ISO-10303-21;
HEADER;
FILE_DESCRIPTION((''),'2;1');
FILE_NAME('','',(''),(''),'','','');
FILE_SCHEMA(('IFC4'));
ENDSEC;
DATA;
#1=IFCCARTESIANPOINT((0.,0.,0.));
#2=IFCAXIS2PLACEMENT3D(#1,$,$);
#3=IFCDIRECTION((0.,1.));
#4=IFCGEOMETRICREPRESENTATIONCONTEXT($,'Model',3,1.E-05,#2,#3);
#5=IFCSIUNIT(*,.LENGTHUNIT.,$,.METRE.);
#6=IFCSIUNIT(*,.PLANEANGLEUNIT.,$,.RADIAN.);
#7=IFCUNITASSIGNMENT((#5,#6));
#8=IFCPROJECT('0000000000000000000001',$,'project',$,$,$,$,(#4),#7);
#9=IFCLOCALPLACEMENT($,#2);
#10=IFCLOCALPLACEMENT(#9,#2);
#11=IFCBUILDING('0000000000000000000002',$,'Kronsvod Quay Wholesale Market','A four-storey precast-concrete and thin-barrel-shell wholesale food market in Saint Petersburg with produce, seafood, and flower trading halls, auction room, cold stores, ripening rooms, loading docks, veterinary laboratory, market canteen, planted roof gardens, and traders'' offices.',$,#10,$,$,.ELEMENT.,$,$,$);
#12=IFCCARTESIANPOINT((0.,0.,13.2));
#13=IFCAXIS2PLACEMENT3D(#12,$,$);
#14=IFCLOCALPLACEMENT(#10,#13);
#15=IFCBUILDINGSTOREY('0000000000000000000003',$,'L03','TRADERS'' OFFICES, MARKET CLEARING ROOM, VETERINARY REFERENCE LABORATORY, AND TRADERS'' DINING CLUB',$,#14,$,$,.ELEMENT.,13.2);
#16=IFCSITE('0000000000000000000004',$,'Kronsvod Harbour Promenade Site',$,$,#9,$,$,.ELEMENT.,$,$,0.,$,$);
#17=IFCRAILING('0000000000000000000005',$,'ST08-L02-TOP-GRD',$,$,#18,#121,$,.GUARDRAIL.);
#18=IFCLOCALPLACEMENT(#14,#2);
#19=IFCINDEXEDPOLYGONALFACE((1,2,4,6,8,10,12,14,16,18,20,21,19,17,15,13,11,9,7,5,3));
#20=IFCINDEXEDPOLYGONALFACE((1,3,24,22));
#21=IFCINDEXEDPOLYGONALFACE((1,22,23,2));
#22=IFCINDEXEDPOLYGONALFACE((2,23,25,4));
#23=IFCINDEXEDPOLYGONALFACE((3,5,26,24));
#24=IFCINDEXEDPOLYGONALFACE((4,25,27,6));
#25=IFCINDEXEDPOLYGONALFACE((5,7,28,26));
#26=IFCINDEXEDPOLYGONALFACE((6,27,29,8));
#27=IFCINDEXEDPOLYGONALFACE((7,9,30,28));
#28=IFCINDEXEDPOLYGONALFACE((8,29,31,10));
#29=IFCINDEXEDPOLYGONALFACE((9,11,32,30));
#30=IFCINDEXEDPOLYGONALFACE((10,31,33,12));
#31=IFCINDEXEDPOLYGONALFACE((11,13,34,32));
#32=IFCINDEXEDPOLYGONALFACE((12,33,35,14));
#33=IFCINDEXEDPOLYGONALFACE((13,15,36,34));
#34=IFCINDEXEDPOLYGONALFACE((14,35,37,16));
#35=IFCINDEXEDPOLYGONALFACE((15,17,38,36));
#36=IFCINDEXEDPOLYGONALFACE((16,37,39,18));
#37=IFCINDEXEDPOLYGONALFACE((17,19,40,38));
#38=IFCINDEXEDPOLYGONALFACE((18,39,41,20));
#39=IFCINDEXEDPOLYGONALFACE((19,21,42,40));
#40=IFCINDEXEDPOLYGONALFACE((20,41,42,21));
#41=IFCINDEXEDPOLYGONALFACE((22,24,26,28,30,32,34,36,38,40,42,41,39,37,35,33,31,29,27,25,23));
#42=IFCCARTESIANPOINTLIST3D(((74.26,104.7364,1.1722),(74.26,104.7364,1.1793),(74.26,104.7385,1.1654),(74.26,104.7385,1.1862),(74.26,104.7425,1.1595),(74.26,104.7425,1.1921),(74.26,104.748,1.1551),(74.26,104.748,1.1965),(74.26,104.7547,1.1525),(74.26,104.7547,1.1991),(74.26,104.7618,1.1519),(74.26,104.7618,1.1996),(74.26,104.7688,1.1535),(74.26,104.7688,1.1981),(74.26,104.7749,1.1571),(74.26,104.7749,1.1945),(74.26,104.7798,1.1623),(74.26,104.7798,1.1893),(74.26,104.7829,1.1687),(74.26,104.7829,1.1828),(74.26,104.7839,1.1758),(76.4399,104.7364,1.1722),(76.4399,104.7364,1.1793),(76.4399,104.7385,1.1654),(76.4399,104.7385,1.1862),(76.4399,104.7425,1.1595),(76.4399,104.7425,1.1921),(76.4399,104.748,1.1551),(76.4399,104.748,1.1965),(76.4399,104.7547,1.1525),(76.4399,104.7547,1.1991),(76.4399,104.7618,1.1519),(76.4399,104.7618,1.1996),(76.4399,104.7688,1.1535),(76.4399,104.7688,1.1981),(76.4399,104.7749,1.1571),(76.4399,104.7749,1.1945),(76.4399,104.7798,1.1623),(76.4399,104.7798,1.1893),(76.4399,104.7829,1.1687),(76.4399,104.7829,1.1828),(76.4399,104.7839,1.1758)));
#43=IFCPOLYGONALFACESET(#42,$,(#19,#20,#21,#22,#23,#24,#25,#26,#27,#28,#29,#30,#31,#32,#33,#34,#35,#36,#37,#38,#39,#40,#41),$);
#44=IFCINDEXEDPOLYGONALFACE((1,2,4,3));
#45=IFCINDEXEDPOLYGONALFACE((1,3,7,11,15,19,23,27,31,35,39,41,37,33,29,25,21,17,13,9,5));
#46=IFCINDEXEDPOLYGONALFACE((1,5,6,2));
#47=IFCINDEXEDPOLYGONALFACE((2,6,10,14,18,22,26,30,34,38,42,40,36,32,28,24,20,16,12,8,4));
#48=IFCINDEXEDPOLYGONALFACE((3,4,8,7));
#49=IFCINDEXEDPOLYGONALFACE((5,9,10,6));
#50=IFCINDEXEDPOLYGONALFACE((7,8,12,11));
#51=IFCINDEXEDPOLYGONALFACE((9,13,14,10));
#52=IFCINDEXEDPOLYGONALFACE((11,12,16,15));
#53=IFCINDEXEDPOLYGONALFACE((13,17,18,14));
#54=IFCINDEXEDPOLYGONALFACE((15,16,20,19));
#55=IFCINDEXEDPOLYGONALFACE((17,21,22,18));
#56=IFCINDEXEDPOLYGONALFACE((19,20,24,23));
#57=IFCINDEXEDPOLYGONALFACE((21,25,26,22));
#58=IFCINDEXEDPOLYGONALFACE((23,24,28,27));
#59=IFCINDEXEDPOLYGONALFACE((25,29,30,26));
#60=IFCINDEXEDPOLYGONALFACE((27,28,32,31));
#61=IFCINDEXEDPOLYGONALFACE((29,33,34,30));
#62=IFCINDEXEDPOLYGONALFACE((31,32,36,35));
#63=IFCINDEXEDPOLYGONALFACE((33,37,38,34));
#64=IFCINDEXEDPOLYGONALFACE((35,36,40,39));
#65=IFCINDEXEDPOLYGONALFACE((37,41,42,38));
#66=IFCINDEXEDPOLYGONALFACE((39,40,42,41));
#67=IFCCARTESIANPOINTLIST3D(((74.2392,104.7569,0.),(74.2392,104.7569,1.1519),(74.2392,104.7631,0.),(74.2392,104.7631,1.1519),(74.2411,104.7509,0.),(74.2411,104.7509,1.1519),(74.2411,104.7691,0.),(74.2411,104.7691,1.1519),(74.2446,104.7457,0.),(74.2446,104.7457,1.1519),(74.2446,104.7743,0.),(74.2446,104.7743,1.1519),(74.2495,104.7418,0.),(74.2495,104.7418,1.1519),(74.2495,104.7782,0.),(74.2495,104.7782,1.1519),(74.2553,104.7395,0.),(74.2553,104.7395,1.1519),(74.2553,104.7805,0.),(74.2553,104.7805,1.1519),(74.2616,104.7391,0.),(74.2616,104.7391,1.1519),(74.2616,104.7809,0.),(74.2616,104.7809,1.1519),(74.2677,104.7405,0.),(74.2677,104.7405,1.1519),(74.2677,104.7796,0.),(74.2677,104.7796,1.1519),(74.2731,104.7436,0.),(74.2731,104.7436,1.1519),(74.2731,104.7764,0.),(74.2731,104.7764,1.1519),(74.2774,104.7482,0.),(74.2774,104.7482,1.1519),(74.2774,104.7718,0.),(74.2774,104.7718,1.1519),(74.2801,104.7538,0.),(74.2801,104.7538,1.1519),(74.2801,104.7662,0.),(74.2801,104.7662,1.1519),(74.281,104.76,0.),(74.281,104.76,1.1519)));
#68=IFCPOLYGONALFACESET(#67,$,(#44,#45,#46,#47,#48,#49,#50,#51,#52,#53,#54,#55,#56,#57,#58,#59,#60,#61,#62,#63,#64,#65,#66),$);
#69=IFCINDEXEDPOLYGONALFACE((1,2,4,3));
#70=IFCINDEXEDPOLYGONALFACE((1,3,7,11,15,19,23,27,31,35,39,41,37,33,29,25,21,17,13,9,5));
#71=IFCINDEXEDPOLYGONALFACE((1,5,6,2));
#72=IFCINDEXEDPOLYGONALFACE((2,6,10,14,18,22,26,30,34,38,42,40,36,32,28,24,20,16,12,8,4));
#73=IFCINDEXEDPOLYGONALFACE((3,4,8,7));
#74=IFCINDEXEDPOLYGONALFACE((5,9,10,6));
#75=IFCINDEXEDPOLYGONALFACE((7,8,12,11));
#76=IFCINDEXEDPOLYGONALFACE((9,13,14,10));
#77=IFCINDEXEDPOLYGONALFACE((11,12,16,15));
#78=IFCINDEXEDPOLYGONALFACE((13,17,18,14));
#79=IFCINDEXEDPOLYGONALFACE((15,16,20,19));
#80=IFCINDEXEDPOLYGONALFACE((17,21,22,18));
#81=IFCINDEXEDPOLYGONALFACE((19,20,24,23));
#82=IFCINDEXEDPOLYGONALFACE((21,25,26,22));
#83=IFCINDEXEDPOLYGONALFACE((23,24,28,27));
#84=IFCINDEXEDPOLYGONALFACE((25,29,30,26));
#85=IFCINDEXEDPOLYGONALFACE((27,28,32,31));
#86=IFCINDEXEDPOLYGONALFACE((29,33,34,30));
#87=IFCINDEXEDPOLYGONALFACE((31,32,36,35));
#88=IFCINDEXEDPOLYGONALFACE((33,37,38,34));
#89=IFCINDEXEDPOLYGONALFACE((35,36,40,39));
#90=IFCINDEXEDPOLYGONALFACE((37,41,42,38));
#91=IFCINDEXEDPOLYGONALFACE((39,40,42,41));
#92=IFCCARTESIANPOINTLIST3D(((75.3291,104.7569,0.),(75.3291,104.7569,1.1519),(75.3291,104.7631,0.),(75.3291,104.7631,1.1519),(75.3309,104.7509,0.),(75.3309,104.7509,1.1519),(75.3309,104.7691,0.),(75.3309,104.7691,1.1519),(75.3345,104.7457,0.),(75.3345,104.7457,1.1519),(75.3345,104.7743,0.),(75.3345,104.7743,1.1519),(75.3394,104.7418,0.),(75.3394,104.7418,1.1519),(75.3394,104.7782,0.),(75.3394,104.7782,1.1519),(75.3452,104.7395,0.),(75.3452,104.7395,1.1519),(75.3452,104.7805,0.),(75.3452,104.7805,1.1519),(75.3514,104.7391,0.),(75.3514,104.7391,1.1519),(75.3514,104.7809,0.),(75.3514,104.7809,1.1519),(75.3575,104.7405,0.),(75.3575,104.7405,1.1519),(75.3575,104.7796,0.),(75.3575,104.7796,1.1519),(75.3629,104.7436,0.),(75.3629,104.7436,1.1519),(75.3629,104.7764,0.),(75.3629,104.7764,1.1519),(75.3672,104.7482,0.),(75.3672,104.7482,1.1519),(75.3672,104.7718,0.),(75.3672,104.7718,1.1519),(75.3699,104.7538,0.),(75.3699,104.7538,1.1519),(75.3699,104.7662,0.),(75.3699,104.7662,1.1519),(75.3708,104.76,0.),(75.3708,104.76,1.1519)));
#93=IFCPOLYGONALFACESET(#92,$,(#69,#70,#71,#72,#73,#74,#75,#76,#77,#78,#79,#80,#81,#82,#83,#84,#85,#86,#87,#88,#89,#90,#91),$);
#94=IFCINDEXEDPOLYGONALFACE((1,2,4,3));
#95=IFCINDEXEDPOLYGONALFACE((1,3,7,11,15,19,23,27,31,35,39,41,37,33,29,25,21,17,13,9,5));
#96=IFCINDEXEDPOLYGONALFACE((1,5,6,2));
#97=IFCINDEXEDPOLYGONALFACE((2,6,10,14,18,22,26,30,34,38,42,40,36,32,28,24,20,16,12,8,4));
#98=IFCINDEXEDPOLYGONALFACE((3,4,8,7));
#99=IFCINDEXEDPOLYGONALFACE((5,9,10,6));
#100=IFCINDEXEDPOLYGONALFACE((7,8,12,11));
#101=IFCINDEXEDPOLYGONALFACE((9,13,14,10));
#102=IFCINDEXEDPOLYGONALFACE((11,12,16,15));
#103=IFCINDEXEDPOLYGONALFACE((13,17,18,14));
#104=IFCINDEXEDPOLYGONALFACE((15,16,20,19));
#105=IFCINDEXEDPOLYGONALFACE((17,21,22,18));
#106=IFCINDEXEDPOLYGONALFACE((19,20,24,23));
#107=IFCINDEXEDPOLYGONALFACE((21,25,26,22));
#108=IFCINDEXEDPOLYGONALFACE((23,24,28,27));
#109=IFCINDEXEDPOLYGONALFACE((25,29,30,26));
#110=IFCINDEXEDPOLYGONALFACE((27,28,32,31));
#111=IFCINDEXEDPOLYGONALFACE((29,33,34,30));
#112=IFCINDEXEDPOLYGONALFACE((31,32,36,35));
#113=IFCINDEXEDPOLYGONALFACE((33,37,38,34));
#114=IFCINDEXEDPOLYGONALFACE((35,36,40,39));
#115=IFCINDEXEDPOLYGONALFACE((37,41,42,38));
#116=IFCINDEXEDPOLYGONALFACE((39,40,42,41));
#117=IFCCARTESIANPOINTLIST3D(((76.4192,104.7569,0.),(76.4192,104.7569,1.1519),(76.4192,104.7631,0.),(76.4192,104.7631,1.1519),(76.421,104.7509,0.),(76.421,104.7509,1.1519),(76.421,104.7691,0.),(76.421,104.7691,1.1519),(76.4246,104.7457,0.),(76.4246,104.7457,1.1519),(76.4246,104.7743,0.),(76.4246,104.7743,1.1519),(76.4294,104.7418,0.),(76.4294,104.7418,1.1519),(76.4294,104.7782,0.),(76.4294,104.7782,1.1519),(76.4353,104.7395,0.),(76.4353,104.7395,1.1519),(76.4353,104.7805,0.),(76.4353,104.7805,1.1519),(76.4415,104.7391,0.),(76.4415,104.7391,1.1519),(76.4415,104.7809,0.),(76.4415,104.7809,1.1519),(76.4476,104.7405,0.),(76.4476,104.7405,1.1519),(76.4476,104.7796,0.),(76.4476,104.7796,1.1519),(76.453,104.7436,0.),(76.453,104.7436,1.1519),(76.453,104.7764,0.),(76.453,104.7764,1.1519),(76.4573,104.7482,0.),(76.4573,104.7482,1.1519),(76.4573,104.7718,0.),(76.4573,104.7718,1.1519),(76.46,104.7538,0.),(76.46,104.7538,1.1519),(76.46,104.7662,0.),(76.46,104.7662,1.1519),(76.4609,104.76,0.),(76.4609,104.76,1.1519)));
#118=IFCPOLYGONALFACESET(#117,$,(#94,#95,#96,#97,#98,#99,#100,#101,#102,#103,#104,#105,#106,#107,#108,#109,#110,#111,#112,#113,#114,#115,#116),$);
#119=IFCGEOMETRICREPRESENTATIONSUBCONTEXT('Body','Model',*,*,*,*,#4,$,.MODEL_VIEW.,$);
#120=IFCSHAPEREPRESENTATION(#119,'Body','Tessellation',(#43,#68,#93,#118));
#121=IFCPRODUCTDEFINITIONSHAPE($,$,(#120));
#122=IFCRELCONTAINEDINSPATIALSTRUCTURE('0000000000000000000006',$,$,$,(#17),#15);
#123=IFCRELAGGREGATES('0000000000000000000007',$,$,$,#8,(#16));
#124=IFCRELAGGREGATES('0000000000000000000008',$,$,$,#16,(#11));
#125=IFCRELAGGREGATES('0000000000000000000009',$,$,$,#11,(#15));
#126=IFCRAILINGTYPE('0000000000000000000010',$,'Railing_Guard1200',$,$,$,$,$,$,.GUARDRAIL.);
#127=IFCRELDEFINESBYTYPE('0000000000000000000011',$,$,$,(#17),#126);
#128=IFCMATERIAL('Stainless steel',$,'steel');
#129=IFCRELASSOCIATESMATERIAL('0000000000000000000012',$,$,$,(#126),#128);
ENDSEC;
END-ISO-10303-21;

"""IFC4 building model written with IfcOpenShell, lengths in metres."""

from ifc_helpers import new_model, si_unit, direction, frame, origin, origin_2d, place, context, subcontext, project, spatial, circle, extrude, material, type_object, element, save


model = new_model("IFC4")

# Units and contexts
model_context = context("Model", 3, precision=1e-05, world=origin(), true_north=direction((0.0, 1.0)))
body_context = subcontext(model_context, "Body", "Model", "MODEL_VIEW")
ifc_project = project(units=[si_unit("LENGTHUNIT", "METRE"), si_unit("PLANEANGLEUNIT", "RADIAN")], contexts=[model_context])

# Site, building, storey
site_placement = place(None, origin())
site = spatial("IfcSite", under=ifc_project, at=site_placement, Name="Kronsvod Harbour Promenade Site", CompositionType="ELEMENT", RefElevation=0.0)
building_placement = place(site_placement, origin())
building = spatial("IfcBuilding", under=site, at=building_placement, Name="Kronsvod Quay Wholesale Market", Description="A four-storey precast-concrete and thin-barrel-shell wholesale food market in Saint Petersburg with produce, seafood, and flower trading halls, auction room, cold stores, ripening rooms, loading docks, veterinary laboratory, market canteen, planted roof gardens, and traders' offices.", CompositionType="ELEMENT")
storey_placement = place(building_placement, frame((0.0, 0.0, 13.2)))
storey = spatial("IfcBuildingStorey", under=building, at=storey_placement, Name="L03", Description="TRADERS' OFFICES, MARKET CLEARING ROOM, VETERINARY REFERENCE LABORATORY, AND TRADERS' DINING CLUB", CompositionType="ELEMENT", Elevation=13.2)

# Railing
ifc_material_1 = material(Name="Stainless steel", Category="steel")
railing_type = type_object("IfcRailingType", Name="Railing_Guard1200", PredefinedType="GUARDRAIL", material=ifc_material_1)
railing_placement = place(storey_placement, frame((74.26, 104.76, 0.0)))
element("IfcRailing", 1, at=railing_placement, inside=storey, type_object=railing_type, Name="ST08-L02-TOP-GRD", PredefinedType="GUARDRAIL", context=body_context, shape_type="SweptSolid", body=[
    extrude(circle(Radius=0.0239, at=origin_2d()), frame((0.0, 0.0, 1.1758), z_axis=(1.0, 0.0, 0.0), x_axis=(0.0, 1.0, 0.0)), (0.0, 0.0, 1.0), 2.1799),
    extrude(circle(Radius=0.021, at=origin_2d()), origin(), (0.0, 0.0, 1.0), 1.1519),
    extrude(circle(Radius=0.021, at=origin_2d()), frame((1.0898, 0.0, 0.0)), (0.0, 0.0, 1.0), 1.1519),
    extrude(circle(Radius=0.021, at=origin_2d()), frame((2.1799, 0.0, 0.0)), (0.0, 0.0, 1.0), 1.1519),
])

save(model, "model.ifc")
